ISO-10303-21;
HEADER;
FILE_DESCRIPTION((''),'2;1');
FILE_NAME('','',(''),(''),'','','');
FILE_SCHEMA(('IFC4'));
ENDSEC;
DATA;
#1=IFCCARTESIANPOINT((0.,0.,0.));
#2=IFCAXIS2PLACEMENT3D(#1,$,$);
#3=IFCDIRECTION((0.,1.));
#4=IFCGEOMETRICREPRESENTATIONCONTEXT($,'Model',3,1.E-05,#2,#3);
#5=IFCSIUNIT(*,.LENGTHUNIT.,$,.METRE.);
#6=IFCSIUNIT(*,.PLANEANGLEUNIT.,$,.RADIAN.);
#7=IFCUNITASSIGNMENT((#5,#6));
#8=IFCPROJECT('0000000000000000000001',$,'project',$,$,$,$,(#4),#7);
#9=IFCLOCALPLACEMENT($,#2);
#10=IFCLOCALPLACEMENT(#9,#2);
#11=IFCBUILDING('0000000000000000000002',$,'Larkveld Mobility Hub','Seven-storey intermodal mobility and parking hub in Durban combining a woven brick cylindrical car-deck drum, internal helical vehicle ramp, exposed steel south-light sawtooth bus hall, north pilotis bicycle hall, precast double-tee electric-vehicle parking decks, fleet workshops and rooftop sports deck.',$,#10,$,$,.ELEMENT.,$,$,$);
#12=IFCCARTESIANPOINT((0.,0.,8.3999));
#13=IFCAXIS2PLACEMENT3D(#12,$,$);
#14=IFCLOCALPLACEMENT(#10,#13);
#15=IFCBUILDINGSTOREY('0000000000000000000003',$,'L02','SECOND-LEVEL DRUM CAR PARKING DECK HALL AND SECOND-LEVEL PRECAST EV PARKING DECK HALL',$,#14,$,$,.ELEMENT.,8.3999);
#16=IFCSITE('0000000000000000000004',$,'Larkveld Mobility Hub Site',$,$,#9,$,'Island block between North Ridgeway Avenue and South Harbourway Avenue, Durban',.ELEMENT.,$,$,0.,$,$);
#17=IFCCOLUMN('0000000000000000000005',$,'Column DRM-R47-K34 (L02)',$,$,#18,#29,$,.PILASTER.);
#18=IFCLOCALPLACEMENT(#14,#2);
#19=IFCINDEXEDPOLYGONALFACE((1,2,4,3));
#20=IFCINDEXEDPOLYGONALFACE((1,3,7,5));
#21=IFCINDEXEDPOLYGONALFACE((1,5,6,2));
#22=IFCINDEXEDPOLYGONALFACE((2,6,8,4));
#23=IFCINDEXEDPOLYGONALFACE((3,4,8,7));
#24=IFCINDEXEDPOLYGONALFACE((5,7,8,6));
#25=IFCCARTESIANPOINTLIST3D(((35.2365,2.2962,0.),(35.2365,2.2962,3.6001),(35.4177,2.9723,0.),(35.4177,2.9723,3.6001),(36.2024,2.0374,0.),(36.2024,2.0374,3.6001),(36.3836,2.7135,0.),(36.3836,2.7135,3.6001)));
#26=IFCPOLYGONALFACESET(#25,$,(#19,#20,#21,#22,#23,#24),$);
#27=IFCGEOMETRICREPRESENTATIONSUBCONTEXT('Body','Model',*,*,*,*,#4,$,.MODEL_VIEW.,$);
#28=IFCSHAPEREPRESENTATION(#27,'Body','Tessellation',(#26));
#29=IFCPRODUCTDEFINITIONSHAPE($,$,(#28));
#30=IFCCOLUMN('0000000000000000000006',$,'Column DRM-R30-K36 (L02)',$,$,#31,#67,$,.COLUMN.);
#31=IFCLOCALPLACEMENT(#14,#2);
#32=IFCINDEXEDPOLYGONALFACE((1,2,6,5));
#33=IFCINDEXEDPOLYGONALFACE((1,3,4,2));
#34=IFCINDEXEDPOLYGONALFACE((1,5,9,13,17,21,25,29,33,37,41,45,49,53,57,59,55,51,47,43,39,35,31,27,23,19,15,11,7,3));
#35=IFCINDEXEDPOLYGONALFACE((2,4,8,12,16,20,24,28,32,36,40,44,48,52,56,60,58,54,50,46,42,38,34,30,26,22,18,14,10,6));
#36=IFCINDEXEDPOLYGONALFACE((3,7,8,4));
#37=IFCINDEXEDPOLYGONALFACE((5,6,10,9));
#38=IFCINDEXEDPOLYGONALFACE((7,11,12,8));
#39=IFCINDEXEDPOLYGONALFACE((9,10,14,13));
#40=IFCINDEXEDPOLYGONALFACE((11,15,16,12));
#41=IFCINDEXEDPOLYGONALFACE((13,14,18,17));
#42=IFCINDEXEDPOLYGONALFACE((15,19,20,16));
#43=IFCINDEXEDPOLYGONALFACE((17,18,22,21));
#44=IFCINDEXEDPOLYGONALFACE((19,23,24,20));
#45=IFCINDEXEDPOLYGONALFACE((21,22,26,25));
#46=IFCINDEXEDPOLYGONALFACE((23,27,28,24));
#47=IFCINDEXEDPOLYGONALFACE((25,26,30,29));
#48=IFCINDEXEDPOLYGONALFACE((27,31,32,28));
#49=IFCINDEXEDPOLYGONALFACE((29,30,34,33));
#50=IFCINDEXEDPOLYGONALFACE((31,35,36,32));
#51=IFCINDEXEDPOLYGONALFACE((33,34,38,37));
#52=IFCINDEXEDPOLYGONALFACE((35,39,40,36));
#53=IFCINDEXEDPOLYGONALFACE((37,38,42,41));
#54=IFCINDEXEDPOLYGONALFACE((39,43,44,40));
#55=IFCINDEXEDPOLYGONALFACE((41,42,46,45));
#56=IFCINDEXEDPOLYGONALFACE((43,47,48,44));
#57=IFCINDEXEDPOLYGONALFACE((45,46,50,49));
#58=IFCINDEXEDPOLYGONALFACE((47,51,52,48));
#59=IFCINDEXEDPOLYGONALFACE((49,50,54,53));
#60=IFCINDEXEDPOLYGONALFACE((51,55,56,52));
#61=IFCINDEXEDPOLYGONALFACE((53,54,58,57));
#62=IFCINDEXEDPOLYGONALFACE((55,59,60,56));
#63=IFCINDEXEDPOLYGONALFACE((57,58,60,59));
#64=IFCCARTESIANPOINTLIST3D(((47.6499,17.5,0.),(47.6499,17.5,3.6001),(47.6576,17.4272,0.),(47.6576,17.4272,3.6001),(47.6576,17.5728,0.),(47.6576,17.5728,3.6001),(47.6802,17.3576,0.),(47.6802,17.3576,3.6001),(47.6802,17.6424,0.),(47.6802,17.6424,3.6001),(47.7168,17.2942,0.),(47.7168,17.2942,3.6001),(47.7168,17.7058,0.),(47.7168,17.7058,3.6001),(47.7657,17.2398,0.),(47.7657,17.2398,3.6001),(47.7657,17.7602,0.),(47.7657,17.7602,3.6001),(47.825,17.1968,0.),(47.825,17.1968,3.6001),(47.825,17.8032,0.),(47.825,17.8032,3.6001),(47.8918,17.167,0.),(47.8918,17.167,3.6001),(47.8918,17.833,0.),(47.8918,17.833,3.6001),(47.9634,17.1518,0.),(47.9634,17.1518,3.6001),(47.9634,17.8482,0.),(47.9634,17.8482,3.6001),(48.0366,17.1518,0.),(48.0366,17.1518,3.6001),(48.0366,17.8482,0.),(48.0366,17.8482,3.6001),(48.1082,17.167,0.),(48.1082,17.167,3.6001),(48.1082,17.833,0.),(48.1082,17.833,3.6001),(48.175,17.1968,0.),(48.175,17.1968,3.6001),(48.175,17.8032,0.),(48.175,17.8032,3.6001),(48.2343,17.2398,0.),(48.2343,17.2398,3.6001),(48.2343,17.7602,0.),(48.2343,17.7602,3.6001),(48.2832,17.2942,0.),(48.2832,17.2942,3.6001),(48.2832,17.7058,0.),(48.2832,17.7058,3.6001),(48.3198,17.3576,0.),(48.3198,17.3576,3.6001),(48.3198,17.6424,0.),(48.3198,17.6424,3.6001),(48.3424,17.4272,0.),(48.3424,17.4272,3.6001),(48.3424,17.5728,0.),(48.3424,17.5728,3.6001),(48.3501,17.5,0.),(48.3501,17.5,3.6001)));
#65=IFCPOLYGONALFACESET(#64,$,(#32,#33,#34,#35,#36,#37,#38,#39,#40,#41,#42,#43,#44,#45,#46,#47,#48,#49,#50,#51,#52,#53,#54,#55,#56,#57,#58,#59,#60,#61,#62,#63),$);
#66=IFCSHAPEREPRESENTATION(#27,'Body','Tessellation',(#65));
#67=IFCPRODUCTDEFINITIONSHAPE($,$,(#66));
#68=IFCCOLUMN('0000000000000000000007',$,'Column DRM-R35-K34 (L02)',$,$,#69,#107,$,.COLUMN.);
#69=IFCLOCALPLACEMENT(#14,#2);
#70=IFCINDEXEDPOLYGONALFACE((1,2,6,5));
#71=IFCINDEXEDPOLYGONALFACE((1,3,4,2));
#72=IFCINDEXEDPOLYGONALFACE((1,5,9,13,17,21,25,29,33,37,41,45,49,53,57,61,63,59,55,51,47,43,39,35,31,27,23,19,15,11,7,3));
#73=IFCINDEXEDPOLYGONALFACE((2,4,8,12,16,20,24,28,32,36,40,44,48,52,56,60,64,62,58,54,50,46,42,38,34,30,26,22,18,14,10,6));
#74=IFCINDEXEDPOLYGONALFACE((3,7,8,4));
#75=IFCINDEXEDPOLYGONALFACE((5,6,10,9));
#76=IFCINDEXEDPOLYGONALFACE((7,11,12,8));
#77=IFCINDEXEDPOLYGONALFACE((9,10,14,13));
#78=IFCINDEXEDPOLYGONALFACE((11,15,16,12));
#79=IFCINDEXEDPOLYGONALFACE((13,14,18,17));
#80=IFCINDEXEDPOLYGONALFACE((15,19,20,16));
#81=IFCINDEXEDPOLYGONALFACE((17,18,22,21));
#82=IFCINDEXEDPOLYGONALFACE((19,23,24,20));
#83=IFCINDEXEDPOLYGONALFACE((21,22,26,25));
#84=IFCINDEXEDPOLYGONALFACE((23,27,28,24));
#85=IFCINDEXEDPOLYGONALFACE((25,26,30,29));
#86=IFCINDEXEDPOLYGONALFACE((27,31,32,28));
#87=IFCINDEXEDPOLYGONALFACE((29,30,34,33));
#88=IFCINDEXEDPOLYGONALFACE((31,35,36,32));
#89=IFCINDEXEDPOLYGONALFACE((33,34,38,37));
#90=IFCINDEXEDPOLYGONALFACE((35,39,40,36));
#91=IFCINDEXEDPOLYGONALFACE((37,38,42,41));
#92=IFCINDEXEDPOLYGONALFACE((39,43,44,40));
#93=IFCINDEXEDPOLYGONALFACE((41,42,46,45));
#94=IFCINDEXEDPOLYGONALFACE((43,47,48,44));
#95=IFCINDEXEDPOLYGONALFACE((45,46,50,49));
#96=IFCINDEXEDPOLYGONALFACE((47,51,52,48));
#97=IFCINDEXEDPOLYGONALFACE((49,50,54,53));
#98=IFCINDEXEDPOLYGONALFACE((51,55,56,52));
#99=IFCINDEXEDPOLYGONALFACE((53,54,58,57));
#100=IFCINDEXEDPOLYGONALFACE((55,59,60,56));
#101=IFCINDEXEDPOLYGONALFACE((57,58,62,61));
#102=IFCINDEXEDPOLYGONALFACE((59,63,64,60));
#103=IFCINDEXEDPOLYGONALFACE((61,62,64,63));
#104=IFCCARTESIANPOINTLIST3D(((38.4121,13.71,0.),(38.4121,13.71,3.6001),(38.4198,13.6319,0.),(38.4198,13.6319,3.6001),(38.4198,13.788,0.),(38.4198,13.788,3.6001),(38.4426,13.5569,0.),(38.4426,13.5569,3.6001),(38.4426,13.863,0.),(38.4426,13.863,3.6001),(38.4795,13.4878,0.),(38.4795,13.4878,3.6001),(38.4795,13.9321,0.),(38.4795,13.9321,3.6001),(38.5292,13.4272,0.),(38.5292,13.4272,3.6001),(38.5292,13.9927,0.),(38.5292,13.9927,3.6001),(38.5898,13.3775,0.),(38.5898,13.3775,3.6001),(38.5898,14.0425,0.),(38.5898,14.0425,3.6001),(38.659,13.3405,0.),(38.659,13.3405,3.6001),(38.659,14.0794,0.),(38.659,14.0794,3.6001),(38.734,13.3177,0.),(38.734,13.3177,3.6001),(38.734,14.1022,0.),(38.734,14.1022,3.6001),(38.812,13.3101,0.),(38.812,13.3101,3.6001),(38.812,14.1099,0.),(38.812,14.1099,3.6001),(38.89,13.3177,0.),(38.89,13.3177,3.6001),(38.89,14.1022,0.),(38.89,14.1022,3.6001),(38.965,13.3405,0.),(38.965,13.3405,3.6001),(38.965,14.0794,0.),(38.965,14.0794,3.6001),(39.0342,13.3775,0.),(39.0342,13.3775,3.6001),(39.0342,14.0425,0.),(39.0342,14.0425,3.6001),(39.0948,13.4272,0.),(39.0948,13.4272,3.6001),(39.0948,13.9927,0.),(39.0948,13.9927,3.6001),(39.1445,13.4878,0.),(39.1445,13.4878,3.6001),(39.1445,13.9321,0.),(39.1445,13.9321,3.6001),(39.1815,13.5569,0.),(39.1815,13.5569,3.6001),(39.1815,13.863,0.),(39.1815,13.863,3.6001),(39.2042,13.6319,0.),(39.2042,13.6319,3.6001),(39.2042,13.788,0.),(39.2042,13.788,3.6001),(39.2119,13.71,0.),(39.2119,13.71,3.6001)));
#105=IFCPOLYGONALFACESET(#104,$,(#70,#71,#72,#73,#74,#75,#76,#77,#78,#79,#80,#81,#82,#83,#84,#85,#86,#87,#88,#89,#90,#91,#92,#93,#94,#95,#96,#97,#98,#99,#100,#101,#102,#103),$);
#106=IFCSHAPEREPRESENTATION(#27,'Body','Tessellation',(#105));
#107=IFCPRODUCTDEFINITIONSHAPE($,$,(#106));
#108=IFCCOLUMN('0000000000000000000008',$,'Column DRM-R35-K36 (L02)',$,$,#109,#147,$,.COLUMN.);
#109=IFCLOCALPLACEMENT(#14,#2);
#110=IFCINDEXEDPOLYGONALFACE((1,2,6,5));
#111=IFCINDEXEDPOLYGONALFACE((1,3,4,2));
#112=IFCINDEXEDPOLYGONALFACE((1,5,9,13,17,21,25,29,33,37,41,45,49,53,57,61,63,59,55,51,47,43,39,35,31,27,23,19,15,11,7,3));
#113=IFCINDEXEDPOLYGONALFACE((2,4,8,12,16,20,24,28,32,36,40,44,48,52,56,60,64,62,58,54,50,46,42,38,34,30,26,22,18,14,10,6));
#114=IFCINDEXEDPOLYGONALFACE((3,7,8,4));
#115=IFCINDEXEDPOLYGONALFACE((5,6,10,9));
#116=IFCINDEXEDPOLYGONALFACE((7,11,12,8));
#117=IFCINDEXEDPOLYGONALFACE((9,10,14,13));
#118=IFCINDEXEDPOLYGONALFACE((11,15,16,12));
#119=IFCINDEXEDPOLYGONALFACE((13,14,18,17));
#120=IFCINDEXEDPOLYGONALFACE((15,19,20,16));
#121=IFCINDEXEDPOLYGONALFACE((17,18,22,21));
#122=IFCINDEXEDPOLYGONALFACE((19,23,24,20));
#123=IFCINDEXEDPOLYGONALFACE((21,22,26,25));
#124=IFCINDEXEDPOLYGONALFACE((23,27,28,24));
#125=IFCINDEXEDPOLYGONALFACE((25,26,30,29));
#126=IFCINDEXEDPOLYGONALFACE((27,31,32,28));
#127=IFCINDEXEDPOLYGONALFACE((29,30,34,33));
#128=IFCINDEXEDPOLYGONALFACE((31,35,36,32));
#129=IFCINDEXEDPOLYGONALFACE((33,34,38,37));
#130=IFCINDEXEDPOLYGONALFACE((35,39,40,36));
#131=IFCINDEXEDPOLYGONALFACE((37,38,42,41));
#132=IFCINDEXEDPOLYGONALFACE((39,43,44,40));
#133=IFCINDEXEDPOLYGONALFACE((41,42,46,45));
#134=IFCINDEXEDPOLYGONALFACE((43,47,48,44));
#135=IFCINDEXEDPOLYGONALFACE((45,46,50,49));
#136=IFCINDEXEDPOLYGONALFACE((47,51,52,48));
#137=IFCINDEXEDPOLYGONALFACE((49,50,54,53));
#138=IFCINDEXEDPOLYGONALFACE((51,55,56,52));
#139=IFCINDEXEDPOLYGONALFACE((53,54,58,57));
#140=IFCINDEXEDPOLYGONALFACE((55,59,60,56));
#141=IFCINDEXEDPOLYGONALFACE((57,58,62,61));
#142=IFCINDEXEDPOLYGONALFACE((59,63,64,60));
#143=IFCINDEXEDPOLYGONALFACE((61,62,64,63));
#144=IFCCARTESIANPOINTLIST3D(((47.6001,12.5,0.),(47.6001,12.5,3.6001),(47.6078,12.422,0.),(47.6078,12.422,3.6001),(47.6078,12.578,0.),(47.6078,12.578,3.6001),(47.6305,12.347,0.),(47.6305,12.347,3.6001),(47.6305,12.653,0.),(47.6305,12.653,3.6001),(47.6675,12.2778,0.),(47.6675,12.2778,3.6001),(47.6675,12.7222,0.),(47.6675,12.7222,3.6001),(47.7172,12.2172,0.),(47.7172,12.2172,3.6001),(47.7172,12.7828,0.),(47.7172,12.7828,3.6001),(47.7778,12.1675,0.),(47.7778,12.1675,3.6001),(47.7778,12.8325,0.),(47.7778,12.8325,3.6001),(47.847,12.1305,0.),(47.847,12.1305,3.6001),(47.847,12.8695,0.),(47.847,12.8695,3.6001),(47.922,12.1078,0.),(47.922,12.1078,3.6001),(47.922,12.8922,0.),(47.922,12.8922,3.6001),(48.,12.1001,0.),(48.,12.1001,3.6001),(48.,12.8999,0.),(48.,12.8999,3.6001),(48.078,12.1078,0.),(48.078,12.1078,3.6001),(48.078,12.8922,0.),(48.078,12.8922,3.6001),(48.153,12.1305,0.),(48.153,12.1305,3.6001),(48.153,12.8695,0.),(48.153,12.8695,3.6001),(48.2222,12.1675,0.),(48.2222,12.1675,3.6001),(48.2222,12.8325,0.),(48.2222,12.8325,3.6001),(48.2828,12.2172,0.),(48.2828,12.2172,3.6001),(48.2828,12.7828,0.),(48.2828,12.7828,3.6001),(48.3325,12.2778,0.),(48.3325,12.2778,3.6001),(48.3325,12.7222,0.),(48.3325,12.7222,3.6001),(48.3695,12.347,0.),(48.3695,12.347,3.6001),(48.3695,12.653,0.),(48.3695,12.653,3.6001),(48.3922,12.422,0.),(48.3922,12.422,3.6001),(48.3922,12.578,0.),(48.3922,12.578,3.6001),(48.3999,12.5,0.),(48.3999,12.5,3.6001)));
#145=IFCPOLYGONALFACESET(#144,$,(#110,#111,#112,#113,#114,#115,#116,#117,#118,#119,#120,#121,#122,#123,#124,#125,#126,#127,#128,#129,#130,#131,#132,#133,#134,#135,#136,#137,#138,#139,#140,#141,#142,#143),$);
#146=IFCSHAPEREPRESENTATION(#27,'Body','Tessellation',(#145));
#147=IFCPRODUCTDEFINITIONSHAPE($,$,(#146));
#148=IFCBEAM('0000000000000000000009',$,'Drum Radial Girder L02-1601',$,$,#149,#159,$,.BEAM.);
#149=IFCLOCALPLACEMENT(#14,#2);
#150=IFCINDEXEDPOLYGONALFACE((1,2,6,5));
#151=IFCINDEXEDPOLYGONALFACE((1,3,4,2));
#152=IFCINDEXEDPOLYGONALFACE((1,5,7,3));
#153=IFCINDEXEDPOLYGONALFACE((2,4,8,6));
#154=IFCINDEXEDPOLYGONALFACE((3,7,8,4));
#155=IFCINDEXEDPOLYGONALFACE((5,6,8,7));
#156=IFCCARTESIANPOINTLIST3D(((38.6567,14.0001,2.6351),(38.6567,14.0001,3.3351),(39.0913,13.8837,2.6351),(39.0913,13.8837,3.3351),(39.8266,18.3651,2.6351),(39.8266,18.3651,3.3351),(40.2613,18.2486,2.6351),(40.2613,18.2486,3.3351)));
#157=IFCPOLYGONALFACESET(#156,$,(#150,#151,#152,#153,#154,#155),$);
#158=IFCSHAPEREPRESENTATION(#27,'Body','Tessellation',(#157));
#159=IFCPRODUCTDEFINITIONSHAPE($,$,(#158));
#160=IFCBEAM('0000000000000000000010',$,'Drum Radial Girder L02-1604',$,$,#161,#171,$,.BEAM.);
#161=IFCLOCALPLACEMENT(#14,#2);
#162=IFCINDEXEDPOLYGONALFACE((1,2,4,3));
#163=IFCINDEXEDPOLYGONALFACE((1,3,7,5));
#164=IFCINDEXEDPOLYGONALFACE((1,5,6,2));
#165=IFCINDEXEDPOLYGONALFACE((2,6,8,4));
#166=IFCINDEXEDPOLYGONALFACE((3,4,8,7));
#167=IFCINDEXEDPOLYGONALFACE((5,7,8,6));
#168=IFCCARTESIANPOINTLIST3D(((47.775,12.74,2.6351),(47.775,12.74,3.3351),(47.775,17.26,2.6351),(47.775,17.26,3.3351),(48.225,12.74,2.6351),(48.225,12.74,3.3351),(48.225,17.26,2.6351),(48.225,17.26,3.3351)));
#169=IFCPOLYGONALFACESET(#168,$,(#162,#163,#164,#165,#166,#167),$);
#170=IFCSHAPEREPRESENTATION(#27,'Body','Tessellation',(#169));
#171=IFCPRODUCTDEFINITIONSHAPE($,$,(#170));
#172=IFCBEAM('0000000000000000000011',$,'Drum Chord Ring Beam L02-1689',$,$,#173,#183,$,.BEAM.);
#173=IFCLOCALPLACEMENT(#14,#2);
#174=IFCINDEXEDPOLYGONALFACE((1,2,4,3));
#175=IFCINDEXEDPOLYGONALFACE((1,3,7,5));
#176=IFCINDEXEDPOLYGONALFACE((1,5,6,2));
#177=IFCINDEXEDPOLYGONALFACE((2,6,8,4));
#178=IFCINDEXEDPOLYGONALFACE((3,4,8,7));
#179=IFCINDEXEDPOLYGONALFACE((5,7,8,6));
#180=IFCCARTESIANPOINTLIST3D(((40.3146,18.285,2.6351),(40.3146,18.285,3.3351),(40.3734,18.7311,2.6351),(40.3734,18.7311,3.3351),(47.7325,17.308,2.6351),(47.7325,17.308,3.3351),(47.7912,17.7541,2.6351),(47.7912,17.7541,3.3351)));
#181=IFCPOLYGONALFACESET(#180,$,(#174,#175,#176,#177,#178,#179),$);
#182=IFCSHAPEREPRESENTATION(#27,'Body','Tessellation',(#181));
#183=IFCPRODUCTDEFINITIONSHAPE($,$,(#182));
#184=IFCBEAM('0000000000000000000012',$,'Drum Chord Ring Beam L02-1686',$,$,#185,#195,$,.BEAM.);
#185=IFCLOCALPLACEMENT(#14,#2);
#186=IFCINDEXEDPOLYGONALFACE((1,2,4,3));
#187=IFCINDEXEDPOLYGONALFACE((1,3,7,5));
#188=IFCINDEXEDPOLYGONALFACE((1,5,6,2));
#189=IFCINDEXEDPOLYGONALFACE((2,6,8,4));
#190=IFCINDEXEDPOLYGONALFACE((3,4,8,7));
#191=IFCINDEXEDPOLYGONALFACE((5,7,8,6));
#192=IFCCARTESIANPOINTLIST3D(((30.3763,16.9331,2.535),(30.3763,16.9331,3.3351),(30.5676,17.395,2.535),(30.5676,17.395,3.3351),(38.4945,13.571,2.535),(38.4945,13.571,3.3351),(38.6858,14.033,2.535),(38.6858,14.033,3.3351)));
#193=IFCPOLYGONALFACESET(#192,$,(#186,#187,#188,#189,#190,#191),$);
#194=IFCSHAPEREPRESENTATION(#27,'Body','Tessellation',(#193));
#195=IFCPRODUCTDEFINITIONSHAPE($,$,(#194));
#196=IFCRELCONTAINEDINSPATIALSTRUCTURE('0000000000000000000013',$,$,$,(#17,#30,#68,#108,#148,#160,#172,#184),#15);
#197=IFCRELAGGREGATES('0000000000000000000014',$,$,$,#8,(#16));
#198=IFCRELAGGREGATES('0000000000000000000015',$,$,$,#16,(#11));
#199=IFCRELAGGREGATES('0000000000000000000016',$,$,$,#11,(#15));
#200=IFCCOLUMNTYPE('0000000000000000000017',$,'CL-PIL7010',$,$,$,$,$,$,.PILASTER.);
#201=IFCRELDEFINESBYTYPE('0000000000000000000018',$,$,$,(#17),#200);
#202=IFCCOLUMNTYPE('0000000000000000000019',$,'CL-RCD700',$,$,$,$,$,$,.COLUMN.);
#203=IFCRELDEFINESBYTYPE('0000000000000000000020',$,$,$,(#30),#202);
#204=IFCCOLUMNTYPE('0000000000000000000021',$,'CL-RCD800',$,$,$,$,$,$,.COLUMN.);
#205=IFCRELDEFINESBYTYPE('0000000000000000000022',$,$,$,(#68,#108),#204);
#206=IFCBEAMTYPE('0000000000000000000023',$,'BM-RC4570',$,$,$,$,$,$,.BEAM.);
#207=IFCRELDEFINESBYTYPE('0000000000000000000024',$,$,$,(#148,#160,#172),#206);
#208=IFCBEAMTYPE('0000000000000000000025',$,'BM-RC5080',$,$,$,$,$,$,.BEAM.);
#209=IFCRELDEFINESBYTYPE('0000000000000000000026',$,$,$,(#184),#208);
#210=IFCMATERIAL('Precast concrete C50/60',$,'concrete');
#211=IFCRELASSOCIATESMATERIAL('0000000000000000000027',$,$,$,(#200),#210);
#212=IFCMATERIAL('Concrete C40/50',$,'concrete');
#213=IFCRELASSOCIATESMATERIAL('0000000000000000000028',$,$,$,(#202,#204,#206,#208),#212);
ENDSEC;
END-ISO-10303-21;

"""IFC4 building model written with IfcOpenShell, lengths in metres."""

from ifc_helpers import new_model, si_unit, direction, frame, origin, origin_2d, place, context, subcontext, project, spatial, rectangle, circle, extrude, material, material_profile, profile_set, type_object, element, save


model = new_model("IFC4")

# Units and contexts
model_context = context("Model", 3, precision=1e-05, world=origin(), true_north=direction((0.0, 1.0)))
body_context = subcontext(model_context, "Body", "Model", "MODEL_VIEW")
ifc_project = project(units=[si_unit("LENGTHUNIT", "METRE"), si_unit("PLANEANGLEUNIT", "RADIAN")], contexts=[model_context])

# Site, building, storey
site_placement = place(None, origin())
site = spatial("IfcSite", under=ifc_project, at=site_placement, Name="Larkveld Mobility Hub Site", LongName="Island block between North Ridgeway Avenue and South Harbourway Avenue, Durban", CompositionType="ELEMENT", RefElevation=0.0)
building_placement = place(site_placement, origin())
building = spatial("IfcBuilding", under=site, at=building_placement, Name="Larkveld Mobility Hub", Description="Seven-storey intermodal mobility and parking hub in Durban combining a woven brick cylindrical car-deck drum, internal helical vehicle ramp, exposed steel south-light sawtooth bus hall, north pilotis bicycle hall, precast double-tee electric-vehicle parking decks, fleet workshops and rooftop sports deck.", CompositionType="ELEMENT")
storey_placement = place(building_placement, frame((0.0, 0.0, 8.3999)))
storey = spatial("IfcBuildingStorey", under=building, at=storey_placement, Name="L02", Description="SECOND-LEVEL DRUM CAR PARKING DECK HALL AND SECOND-LEVEL PRECAST EV PARKING DECK HALL", CompositionType="ELEMENT", Elevation=8.3999)

# Columns
ifc_material_1 = material(Name="Precast concrete C50/60", Category="concrete")
ifc_material_profile_1 = material_profile(ifc_material_1, rectangle(XDim=0.7, YDim=1.0, at=origin_2d()), Name="PC PIL 700x1000")
ifc_profile_set_1 = profile_set([ifc_material_profile_1], Name="Precast concrete C50/60")
column_type_1 = type_object("IfcColumnType", Name="CL-PIL7010", PredefinedType="PILASTER", material=ifc_profile_set_1)
column_1_placement = place(storey_placement, frame((35.8101, 2.5049, 0.0), z_axis=(0.0, 0.0, 1.0), x_axis=(0.258819, 0.965926, 0.0)))
element("IfcColumn", 1, at=column_1_placement, inside=storey, type_object=column_type_1, Name="Column DRM-R47-K34 (L02)", PredefinedType="PILASTER", context=body_context, shape_type="SweptSolid", body=[
    extrude(rectangle(XDim=0.7, YDim=1.0, at=origin_2d()), origin(), (0.0, 0.0, 1.0), 3.6001),
])
ifc_material_2 = material(Name="Concrete C40/50", Category="concrete")
ifc_material_profile_2 = material_profile(ifc_material_2, circle(Radius=0.3501, at=origin_2d()), Name="RC COL D700")
ifc_profile_set_2 = profile_set([ifc_material_profile_2], Name="Concrete C40/50")
column_type_2 = type_object("IfcColumnType", Name="CL-RCD700", PredefinedType="COLUMN", material=ifc_profile_set_2)
column_2_placement = place(storey_placement, frame((48.0, 17.5, 0.0), z_axis=(0.0, 0.0, 1.0), x_axis=(1.0, 0.0, 0.0)))
element("IfcColumn", 2, at=column_2_placement, inside=storey, type_object=column_type_2, Name="Column DRM-R30-K36 (L02)", PredefinedType="COLUMN", context=body_context, shape_type="SweptSolid", body=[
    extrude(circle(Radius=0.3501, at=origin_2d()), origin(), (0.0, 0.0, 1.0), 3.6001),
])
ifc_material_profile_3 = material_profile(ifc_material_2, circle(Radius=0.3999, at=origin_2d()), Name="RC COL D800")
ifc_profile_set_3 = profile_set([ifc_material_profile_3], Name="Concrete C40/50")
column_type_3 = type_object("IfcColumnType", Name="CL-RCD800", PredefinedType="COLUMN", material=ifc_profile_set_3)
for number, where, z_axis, x_axis, name in (
    (3, (38.812, 13.71, 0.0), (0.0, 0.0, 1.0), (1.0, 0.0, 0.0), "Column DRM-R35-K34 (L02)"),
    (4, (48.0, 12.5, 0.0), (0.0, 0.0, 1.0), (1.0, 0.0, 0.0), "Column DRM-R35-K36 (L02)"),
):
    element("IfcColumn", number, at=place(storey_placement, frame(where, z_axis=z_axis, x_axis=x_axis)), inside=storey, type_object=column_type_3, Name=name, PredefinedType="COLUMN", context=body_context, shape_type="SweptSolid", body=[
        extrude(circle(Radius=0.3999, at=origin_2d()), origin(), (0.0, 0.0, 1.0), 3.6001),
    ])

# Beams
ifc_material_profile_4 = material_profile(ifc_material_2, rectangle(XDim=0.45, YDim=0.7, at=origin_2d()), Name="RC BM 450x700")
ifc_profile_set_4 = profile_set([ifc_material_profile_4], Name="Concrete C40/50")
beam_type_1 = type_object("IfcBeamType", Name="BM-RC4570", PredefinedType="BEAM", material=ifc_profile_set_4)
beam_1_placement = place(storey_placement, frame((40.0439, 18.3069, 2.9851), z_axis=(-0.258886, -0.965908, 0.0), x_axis=(0.965908, -0.258886, 0.0)))
element("IfcBeam", 5, at=beam_1_placement, inside=storey, type_object=beam_type_1, Name="Drum Radial Girder L02-1601", PredefinedType="BEAM", context=body_context, shape_type="SweptSolid", body=[
    extrude(rectangle(XDim=0.45, YDim=0.7, at=origin_2d()), origin(), (0.0, 0.0, 1.0), 4.519),
])
beam_2_placement = place(storey_placement, frame((48.0, 17.26, 2.9851), z_axis=(0.0, -1.0, 0.0), x_axis=(1.0, 0.0, 0.0)))
element("IfcBeam", 6, at=beam_2_placement, inside=storey, type_object=beam_type_1, Name="Drum Radial Girder L02-1604", PredefinedType="BEAM", context=body_context, shape_type="SweptSolid", body=[
    extrude(rectangle(XDim=0.45, YDim=0.7, at=origin_2d()), origin(), (0.0, 0.0, 1.0), 4.52),
])
beam_3_placement = place(storey_placement, frame((40.344, 18.5081, 2.9851), z_axis=(0.991437, -0.130586, 0.0), x_axis=(0.130586, 0.991437, 0.0)))
element("IfcBeam", 7, at=beam_3_placement, inside=storey, type_object=beam_type_1, Name="Drum Chord Ring Beam L02-1689", PredefinedType="BEAM", context=body_context, shape_type="SweptSolid", body=[
    extrude(rectangle(XDim=0.45, YDim=0.7, at=origin_2d()), origin(), (0.0, 0.0, 1.0), 7.4819),
])
ifc_material_profile_5 = material_profile(ifc_material_2, rectangle(XDim=0.5, YDim=0.8, at=origin_2d()), Name="RC BM 500x800")
ifc_profile_set_5 = profile_set([ifc_material_profile_5], Name="Concrete C40/50")
beam_type_2 = type_object("IfcBeamType", Name="BM-RC5080", PredefinedType="BEAM", material=ifc_profile_set_5)
beam_4_placement = place(storey_placement, frame((30.4719, 17.1641, 2.9351), z_axis=(0.923903, -0.382626, 0.0), x_axis=(0.382626, 0.923903, 0.0)))
element("IfcBeam", 8, at=beam_4_placement, inside=storey, type_object=beam_type_2, Name="Drum Chord Ring Beam L02-1686", PredefinedType="BEAM", context=body_context, shape_type="SweptSolid", body=[
    extrude(rectangle(XDim=0.5, YDim=0.8, at=origin_2d()), origin(), (0.0, 0.0, 1.0), 8.7869),
])

save(model, "model.ifc")
